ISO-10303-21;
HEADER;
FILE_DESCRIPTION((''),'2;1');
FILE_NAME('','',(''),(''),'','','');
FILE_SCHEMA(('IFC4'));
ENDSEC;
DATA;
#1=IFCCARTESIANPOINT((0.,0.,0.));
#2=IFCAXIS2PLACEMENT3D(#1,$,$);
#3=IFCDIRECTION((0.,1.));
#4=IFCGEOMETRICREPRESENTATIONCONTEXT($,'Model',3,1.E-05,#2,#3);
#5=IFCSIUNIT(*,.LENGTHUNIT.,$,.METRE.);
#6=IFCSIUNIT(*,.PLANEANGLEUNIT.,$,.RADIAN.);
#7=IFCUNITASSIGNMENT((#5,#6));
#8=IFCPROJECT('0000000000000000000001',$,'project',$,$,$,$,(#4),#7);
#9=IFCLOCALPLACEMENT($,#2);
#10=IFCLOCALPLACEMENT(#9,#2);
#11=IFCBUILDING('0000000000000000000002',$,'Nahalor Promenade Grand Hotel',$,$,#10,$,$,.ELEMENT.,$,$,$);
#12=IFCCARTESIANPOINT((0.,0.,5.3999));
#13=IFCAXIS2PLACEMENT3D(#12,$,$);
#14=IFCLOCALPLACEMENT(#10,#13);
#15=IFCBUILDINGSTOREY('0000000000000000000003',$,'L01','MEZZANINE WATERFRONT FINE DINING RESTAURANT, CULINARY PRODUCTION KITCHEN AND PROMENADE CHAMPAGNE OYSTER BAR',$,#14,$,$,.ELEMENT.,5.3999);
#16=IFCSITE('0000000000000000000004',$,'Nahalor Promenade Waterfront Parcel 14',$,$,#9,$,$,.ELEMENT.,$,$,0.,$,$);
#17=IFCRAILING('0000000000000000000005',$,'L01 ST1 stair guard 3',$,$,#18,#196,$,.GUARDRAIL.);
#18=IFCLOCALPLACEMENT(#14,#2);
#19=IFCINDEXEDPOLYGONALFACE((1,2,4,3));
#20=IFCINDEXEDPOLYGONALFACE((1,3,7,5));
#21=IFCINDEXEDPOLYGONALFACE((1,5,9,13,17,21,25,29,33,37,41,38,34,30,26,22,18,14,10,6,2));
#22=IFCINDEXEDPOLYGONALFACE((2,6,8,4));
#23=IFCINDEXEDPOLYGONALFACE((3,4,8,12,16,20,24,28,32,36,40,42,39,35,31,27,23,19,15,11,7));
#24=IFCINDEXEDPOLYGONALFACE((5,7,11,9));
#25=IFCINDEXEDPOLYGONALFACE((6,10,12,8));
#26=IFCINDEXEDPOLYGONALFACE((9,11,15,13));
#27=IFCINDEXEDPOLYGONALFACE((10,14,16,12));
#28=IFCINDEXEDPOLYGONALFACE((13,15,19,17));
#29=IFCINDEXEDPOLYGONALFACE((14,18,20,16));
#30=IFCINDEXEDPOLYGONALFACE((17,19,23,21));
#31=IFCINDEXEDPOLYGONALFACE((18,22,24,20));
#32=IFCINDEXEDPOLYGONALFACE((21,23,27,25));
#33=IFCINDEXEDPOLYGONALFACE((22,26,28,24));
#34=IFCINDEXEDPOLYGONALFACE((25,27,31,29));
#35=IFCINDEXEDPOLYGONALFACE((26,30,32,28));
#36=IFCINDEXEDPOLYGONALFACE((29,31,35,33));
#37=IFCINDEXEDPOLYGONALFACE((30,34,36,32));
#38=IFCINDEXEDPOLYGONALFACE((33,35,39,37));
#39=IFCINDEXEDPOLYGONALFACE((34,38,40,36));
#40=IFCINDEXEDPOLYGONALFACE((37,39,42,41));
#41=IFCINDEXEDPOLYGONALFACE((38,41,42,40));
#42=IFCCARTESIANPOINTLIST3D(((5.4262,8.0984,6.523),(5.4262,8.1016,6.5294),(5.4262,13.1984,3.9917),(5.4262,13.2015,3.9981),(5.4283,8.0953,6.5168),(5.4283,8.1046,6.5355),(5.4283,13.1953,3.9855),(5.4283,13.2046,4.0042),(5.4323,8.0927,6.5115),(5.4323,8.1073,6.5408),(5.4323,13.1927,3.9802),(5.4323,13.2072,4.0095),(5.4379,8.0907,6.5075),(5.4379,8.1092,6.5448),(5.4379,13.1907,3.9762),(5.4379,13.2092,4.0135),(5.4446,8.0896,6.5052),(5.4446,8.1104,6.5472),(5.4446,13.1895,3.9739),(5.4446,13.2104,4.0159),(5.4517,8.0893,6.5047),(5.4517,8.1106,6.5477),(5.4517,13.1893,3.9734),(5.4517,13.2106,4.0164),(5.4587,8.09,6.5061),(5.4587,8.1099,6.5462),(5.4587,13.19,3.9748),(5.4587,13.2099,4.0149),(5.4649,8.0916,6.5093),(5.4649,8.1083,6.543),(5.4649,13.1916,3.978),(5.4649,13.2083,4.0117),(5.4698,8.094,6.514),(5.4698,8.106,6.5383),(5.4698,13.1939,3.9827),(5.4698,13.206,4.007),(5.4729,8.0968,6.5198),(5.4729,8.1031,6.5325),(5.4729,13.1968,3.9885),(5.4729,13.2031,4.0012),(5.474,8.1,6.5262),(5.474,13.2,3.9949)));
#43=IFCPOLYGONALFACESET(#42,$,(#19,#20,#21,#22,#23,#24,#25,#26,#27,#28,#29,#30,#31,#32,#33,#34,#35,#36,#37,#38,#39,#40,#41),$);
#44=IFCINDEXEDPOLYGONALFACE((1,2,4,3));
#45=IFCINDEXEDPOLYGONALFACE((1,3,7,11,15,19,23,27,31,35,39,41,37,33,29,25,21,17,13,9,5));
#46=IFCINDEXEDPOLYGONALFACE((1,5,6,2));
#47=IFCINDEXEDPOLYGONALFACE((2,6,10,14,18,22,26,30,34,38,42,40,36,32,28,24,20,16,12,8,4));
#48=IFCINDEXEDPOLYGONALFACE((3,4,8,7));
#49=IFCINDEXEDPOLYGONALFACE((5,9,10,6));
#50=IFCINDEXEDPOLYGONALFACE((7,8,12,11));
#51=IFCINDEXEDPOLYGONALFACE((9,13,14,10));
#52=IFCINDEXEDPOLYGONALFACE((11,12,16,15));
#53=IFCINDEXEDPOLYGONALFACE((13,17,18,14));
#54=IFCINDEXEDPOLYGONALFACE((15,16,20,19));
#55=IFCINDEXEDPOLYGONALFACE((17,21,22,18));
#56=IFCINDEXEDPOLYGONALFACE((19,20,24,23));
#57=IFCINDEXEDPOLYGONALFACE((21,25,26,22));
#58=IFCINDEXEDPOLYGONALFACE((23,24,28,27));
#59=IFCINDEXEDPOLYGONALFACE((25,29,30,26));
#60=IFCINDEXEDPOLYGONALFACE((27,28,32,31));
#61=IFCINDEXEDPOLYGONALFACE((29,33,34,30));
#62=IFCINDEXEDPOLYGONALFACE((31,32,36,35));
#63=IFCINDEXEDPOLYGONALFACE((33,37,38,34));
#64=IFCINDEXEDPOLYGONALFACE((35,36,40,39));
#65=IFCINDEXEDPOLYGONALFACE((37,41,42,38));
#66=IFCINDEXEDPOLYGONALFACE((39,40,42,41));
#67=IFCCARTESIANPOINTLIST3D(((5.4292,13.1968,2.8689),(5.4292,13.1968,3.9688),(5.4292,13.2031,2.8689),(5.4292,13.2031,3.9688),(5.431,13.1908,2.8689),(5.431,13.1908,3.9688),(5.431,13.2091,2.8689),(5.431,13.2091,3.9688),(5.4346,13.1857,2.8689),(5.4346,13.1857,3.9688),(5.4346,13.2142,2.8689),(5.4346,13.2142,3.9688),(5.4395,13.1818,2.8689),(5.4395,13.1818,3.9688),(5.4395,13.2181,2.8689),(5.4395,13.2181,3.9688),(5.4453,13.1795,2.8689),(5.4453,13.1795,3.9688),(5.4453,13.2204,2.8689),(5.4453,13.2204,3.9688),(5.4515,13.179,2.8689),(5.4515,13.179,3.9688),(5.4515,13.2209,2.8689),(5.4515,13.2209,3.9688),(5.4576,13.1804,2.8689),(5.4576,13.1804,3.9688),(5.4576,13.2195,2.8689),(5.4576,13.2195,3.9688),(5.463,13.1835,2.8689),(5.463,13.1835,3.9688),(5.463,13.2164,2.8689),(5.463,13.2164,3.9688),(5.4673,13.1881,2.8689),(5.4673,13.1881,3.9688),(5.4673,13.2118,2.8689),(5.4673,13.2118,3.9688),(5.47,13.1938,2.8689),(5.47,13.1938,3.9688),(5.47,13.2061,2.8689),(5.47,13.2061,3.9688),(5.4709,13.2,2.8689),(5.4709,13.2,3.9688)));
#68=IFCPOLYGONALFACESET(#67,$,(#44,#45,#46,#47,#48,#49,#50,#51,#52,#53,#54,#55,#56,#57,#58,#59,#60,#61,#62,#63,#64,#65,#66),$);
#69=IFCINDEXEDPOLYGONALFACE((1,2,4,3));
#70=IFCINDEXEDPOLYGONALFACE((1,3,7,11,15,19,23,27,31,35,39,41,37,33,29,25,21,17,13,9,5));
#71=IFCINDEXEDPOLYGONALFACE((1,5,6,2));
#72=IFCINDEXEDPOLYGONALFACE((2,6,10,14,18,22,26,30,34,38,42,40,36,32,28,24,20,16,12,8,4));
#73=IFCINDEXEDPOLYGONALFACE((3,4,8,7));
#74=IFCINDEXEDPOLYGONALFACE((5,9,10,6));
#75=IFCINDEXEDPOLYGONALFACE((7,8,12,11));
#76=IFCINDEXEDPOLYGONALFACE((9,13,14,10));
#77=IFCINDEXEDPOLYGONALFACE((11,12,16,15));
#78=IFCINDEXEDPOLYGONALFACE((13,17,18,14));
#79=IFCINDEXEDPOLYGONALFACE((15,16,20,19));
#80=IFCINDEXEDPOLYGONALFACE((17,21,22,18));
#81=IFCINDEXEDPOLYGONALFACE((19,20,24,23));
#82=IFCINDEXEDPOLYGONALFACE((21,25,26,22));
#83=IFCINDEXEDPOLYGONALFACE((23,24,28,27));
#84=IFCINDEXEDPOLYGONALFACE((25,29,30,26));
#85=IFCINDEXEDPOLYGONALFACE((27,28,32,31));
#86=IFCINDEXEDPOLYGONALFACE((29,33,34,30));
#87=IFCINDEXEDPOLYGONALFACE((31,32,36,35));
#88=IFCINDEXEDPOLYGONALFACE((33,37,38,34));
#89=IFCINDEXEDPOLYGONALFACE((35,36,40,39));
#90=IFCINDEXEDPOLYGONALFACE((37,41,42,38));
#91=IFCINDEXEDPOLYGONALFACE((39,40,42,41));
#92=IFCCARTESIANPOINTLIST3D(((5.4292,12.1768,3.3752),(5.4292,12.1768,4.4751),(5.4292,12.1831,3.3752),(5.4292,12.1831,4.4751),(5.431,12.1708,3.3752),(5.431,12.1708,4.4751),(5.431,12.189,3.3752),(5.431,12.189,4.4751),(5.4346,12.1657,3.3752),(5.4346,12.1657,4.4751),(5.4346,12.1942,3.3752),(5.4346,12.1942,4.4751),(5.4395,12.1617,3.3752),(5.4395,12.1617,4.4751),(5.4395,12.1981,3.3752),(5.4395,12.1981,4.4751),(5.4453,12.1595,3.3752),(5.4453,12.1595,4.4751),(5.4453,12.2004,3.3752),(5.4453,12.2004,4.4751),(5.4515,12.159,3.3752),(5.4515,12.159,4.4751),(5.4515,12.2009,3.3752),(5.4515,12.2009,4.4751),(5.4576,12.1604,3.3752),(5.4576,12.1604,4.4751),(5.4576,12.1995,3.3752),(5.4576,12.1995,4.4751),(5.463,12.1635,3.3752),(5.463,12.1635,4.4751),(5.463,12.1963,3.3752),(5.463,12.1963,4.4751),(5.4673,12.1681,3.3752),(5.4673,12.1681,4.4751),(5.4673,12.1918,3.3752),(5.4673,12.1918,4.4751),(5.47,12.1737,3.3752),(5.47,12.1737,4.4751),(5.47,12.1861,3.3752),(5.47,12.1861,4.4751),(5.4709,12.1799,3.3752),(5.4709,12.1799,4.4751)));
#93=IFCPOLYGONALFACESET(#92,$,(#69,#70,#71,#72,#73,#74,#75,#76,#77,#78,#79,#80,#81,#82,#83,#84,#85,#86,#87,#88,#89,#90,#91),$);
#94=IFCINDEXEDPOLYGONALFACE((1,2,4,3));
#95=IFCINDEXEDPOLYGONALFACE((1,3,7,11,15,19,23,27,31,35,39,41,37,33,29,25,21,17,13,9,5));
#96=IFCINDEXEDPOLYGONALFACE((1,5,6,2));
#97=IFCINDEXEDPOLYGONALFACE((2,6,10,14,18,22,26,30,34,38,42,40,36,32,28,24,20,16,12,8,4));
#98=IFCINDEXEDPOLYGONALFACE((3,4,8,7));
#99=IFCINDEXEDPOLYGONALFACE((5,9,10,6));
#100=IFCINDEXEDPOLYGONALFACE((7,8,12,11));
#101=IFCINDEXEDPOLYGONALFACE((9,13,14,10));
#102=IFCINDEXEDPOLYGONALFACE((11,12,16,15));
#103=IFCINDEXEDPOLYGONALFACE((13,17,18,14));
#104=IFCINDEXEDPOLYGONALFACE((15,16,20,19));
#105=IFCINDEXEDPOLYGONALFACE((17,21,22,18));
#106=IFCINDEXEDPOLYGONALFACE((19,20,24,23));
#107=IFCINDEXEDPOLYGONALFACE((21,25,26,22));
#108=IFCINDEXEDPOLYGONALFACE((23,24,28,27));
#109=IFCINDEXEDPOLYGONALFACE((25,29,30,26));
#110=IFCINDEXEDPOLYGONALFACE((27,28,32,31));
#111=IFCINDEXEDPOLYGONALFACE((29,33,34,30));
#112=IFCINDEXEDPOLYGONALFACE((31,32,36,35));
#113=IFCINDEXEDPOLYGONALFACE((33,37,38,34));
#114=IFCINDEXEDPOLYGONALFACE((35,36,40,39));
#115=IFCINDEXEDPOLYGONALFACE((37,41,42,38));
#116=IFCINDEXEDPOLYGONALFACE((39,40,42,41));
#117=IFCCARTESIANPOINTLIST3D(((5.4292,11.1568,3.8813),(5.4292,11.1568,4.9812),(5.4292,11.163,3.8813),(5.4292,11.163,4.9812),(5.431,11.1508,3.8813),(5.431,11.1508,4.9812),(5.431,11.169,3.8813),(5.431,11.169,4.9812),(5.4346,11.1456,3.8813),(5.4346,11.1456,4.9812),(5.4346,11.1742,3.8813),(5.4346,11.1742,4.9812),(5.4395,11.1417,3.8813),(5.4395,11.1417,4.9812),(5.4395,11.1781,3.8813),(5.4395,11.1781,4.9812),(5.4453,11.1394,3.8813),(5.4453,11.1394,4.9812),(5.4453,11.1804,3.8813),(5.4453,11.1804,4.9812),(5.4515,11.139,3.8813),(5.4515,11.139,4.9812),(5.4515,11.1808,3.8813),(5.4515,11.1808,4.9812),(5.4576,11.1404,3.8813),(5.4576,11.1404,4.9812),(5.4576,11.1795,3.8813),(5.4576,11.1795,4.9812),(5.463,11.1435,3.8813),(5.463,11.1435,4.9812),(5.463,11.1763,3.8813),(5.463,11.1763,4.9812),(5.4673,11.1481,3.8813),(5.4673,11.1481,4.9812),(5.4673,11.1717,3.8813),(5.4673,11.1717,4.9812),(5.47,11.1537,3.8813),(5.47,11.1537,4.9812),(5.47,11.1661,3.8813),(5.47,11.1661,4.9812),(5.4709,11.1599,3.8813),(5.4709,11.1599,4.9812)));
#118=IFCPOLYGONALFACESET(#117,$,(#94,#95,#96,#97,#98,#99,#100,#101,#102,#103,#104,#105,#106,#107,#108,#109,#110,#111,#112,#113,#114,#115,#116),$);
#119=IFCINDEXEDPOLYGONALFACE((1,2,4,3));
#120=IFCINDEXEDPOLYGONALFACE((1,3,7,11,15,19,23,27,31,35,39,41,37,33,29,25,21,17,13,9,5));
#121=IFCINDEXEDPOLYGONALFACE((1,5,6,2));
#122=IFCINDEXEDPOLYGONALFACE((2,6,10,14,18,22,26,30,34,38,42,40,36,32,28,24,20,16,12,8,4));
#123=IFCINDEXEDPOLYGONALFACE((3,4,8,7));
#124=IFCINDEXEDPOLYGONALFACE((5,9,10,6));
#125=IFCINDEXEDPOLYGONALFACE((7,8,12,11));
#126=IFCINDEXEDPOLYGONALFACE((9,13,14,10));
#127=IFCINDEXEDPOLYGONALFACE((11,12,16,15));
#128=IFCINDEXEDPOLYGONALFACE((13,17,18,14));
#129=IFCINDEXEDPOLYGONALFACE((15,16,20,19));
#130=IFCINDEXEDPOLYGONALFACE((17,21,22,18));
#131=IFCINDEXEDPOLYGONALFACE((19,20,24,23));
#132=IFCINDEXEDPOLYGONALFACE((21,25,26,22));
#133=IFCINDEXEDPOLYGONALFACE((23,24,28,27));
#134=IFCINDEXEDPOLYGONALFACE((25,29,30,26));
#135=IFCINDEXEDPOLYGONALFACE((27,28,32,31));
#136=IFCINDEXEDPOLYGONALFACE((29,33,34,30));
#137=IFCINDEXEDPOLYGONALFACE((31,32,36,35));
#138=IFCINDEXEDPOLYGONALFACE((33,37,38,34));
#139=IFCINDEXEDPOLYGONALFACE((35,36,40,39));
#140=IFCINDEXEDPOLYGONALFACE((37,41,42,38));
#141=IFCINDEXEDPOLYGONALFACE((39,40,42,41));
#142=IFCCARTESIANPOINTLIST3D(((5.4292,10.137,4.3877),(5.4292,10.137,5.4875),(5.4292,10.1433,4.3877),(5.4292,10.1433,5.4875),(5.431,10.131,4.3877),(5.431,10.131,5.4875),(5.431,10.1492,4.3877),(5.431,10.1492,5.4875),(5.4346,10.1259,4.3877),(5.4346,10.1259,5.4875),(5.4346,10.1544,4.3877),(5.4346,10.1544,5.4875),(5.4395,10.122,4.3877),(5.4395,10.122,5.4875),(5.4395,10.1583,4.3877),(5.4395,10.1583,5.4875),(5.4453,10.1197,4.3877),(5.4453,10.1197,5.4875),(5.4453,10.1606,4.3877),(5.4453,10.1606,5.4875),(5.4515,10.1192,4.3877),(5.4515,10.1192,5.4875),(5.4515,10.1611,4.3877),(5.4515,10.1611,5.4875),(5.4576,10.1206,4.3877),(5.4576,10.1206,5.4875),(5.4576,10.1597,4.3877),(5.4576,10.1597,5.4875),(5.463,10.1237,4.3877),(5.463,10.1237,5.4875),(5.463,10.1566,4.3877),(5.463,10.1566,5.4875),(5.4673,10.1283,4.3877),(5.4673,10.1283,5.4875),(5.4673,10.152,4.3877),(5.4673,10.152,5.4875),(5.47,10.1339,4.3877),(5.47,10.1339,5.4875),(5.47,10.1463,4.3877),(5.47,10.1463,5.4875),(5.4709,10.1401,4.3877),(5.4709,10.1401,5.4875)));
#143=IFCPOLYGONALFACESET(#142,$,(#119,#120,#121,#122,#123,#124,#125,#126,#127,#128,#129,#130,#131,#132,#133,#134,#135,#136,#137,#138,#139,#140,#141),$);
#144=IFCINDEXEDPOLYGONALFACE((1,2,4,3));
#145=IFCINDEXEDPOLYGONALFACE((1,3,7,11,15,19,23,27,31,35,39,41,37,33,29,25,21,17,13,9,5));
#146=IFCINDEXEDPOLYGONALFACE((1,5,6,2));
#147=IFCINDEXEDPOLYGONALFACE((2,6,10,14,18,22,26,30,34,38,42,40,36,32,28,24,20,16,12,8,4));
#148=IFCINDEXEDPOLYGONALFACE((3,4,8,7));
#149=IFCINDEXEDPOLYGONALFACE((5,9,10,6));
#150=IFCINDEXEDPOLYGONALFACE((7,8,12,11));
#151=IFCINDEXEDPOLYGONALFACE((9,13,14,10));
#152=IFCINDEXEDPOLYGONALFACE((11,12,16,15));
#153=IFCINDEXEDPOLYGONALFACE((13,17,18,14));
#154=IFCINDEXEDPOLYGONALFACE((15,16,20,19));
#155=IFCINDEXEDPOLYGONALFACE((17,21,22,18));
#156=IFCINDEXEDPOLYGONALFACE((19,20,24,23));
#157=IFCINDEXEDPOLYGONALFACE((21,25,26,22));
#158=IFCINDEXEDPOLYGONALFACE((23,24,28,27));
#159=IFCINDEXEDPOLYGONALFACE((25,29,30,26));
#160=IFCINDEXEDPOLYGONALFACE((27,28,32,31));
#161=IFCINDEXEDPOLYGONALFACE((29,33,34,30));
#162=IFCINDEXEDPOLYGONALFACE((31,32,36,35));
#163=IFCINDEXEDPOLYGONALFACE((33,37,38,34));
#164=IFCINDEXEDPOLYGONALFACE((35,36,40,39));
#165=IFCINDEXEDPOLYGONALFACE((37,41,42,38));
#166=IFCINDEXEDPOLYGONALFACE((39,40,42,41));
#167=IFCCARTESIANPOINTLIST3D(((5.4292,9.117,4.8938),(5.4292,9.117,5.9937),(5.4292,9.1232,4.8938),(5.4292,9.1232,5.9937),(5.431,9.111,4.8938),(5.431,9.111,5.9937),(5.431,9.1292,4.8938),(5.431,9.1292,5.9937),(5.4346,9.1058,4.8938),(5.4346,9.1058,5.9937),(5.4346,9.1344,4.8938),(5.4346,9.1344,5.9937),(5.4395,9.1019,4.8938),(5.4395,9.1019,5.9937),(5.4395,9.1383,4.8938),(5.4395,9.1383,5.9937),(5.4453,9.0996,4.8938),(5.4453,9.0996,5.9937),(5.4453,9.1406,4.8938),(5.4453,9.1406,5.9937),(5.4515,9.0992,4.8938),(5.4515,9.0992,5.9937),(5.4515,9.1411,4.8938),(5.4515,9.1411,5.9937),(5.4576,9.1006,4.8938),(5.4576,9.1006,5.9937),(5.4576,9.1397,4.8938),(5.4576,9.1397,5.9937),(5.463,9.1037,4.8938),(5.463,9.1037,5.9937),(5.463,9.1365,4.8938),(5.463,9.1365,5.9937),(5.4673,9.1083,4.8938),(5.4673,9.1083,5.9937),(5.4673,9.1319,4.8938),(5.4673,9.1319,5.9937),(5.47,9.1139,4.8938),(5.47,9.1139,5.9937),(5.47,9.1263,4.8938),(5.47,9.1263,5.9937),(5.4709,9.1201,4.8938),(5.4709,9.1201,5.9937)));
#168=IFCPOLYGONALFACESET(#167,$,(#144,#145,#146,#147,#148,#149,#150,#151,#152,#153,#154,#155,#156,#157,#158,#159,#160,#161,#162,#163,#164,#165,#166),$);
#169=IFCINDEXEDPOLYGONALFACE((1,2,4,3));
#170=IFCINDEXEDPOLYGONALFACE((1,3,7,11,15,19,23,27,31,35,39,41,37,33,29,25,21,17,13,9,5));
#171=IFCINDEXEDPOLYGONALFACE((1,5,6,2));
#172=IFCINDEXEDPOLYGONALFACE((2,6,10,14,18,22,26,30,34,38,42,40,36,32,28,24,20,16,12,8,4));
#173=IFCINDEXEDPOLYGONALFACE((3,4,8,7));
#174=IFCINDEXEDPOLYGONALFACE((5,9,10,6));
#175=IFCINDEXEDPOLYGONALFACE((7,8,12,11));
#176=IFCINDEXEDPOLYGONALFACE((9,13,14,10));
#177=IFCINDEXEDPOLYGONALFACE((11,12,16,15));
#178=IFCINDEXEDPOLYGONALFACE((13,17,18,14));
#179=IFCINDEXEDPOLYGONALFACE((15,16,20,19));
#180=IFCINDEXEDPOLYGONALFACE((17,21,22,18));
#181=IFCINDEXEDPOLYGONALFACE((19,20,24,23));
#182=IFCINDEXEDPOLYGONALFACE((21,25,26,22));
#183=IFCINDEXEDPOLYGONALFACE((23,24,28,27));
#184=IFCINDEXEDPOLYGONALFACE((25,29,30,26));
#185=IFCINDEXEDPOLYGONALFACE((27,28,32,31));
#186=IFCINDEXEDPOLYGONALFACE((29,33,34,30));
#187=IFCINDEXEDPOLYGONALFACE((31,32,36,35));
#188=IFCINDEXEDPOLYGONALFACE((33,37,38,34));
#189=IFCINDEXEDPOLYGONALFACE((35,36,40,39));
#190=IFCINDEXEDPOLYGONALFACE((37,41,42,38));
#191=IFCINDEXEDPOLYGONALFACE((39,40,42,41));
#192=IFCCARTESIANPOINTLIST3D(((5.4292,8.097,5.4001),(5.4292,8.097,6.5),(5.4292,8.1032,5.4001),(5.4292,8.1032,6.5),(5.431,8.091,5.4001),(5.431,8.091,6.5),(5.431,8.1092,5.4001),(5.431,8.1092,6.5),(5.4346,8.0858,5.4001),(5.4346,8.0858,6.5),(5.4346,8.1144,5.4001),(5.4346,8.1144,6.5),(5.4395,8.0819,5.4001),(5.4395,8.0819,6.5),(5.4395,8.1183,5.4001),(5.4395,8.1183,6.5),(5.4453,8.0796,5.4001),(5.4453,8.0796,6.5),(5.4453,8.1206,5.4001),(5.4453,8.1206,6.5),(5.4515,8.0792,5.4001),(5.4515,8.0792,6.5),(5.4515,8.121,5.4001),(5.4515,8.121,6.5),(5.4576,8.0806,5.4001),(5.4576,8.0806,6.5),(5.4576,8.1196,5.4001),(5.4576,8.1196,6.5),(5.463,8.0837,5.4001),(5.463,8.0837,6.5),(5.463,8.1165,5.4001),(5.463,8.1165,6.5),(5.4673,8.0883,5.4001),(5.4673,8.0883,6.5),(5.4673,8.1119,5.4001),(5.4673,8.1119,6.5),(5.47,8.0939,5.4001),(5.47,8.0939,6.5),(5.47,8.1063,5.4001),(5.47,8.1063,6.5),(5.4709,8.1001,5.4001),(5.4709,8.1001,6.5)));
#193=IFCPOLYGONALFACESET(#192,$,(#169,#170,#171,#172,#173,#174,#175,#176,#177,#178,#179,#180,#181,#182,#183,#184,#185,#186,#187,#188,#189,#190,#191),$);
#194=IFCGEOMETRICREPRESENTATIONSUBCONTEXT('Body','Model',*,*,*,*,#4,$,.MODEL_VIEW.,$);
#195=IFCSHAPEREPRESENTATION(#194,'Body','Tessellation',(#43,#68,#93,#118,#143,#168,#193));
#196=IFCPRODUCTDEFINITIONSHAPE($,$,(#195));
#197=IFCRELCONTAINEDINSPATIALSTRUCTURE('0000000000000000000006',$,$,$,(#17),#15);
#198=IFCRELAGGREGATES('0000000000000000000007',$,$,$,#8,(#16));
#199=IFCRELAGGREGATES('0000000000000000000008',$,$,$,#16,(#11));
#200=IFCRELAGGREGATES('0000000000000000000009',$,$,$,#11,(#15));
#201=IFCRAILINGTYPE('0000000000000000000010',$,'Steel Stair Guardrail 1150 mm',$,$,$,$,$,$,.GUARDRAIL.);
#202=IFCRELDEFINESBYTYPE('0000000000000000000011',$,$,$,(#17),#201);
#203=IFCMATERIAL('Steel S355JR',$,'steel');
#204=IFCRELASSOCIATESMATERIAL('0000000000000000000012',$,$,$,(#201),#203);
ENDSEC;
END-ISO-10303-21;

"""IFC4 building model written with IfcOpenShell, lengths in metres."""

from ifc_helpers import new_model, si_unit, direction, frame, origin, origin_2d, place, context, subcontext, project, spatial, circle, extrude, material, type_object, element, save


model = new_model("IFC4")

# Units and contexts
model_context = context("Model", 3, precision=1e-05, world=origin(), true_north=direction((0.0, 1.0)))
body_context = subcontext(model_context, "Body", "Model", "MODEL_VIEW")
ifc_project = project(units=[si_unit("LENGTHUNIT", "METRE"), si_unit("PLANEANGLEUNIT", "RADIAN")], contexts=[model_context])

# Site, building, storey
site_placement = place(None, origin())
site = spatial("IfcSite", under=ifc_project, at=site_placement, Name="Nahalor Promenade Waterfront Parcel 14", CompositionType="ELEMENT", RefElevation=0.0)
building_placement = place(site_placement, origin())
building = spatial("IfcBuilding", under=site, at=building_placement, Name="Nahalor Promenade Grand Hotel", CompositionType="ELEMENT")
storey_placement = place(building_placement, frame((0.0, 0.0, 5.3999)))
storey = spatial("IfcBuildingStorey", under=building, at=storey_placement, Name="L01", Description="MEZZANINE WATERFRONT FINE DINING RESTAURANT, CULINARY PRODUCTION KITCHEN AND PROMENADE CHAMPAGNE OYSTER BAR", CompositionType="ELEMENT", Elevation=5.3999)

# Shared definitions
ifc_material_1 = material(Name="Steel S355JR", Category="steel")

# Railing
railing_type = type_object("IfcRailingType", Name="Steel Stair Guardrail 1150 mm", PredefinedType="GUARDRAIL", material=ifc_material_1)
railing_1_placement = place(storey_placement, frame((5.45, 13.2, 2.8689)))
element("IfcRailing", 1, at=railing_1_placement, inside=storey, type_object=railing_type, Name="L01 ST1 stair guard 3", PredefinedType="GUARDRAIL", context=body_context, shape_type="SweptSolid", body=[
    extrude(circle(Radius=0.024, at=origin_2d()), frame((0.0, 0.0, 1.126), z_axis=(0.0, -0.895735, 0.444587), x_axis=(1.0, 0.0, 0.0)), (0.0, 0.0, 1.0), 5.6936),
    extrude(circle(Radius=0.021, at=origin_2d()), origin(), (0.0, 0.0, 1.0), 1.0999),
    extrude(circle(Radius=0.021, at=origin_2d()), frame((0.0, -1.02, 0.5063)), (0.0, 0.0, 1.0), 1.0999),
    extrude(circle(Radius=0.021, at=origin_2d()), frame((0.0, -2.04, 1.0125)), (0.0, 0.0, 1.0), 1.0999),
    extrude(circle(Radius=0.021, at=origin_2d()), frame((0.0, -3.0598, 1.5188)), (0.0, 0.0, 1.0), 1.0999),
    extrude(circle(Radius=0.021, at=origin_2d()), frame((0.0, -4.0798, 2.0249)), (0.0, 0.0, 1.0), 1.0999),
    extrude(circle(Radius=0.021, at=origin_2d()), frame((0.0, -5.0999, 2.5312)), (0.0, 0.0, 1.0), 1.0999),
])

save(model, "model.ifc")
